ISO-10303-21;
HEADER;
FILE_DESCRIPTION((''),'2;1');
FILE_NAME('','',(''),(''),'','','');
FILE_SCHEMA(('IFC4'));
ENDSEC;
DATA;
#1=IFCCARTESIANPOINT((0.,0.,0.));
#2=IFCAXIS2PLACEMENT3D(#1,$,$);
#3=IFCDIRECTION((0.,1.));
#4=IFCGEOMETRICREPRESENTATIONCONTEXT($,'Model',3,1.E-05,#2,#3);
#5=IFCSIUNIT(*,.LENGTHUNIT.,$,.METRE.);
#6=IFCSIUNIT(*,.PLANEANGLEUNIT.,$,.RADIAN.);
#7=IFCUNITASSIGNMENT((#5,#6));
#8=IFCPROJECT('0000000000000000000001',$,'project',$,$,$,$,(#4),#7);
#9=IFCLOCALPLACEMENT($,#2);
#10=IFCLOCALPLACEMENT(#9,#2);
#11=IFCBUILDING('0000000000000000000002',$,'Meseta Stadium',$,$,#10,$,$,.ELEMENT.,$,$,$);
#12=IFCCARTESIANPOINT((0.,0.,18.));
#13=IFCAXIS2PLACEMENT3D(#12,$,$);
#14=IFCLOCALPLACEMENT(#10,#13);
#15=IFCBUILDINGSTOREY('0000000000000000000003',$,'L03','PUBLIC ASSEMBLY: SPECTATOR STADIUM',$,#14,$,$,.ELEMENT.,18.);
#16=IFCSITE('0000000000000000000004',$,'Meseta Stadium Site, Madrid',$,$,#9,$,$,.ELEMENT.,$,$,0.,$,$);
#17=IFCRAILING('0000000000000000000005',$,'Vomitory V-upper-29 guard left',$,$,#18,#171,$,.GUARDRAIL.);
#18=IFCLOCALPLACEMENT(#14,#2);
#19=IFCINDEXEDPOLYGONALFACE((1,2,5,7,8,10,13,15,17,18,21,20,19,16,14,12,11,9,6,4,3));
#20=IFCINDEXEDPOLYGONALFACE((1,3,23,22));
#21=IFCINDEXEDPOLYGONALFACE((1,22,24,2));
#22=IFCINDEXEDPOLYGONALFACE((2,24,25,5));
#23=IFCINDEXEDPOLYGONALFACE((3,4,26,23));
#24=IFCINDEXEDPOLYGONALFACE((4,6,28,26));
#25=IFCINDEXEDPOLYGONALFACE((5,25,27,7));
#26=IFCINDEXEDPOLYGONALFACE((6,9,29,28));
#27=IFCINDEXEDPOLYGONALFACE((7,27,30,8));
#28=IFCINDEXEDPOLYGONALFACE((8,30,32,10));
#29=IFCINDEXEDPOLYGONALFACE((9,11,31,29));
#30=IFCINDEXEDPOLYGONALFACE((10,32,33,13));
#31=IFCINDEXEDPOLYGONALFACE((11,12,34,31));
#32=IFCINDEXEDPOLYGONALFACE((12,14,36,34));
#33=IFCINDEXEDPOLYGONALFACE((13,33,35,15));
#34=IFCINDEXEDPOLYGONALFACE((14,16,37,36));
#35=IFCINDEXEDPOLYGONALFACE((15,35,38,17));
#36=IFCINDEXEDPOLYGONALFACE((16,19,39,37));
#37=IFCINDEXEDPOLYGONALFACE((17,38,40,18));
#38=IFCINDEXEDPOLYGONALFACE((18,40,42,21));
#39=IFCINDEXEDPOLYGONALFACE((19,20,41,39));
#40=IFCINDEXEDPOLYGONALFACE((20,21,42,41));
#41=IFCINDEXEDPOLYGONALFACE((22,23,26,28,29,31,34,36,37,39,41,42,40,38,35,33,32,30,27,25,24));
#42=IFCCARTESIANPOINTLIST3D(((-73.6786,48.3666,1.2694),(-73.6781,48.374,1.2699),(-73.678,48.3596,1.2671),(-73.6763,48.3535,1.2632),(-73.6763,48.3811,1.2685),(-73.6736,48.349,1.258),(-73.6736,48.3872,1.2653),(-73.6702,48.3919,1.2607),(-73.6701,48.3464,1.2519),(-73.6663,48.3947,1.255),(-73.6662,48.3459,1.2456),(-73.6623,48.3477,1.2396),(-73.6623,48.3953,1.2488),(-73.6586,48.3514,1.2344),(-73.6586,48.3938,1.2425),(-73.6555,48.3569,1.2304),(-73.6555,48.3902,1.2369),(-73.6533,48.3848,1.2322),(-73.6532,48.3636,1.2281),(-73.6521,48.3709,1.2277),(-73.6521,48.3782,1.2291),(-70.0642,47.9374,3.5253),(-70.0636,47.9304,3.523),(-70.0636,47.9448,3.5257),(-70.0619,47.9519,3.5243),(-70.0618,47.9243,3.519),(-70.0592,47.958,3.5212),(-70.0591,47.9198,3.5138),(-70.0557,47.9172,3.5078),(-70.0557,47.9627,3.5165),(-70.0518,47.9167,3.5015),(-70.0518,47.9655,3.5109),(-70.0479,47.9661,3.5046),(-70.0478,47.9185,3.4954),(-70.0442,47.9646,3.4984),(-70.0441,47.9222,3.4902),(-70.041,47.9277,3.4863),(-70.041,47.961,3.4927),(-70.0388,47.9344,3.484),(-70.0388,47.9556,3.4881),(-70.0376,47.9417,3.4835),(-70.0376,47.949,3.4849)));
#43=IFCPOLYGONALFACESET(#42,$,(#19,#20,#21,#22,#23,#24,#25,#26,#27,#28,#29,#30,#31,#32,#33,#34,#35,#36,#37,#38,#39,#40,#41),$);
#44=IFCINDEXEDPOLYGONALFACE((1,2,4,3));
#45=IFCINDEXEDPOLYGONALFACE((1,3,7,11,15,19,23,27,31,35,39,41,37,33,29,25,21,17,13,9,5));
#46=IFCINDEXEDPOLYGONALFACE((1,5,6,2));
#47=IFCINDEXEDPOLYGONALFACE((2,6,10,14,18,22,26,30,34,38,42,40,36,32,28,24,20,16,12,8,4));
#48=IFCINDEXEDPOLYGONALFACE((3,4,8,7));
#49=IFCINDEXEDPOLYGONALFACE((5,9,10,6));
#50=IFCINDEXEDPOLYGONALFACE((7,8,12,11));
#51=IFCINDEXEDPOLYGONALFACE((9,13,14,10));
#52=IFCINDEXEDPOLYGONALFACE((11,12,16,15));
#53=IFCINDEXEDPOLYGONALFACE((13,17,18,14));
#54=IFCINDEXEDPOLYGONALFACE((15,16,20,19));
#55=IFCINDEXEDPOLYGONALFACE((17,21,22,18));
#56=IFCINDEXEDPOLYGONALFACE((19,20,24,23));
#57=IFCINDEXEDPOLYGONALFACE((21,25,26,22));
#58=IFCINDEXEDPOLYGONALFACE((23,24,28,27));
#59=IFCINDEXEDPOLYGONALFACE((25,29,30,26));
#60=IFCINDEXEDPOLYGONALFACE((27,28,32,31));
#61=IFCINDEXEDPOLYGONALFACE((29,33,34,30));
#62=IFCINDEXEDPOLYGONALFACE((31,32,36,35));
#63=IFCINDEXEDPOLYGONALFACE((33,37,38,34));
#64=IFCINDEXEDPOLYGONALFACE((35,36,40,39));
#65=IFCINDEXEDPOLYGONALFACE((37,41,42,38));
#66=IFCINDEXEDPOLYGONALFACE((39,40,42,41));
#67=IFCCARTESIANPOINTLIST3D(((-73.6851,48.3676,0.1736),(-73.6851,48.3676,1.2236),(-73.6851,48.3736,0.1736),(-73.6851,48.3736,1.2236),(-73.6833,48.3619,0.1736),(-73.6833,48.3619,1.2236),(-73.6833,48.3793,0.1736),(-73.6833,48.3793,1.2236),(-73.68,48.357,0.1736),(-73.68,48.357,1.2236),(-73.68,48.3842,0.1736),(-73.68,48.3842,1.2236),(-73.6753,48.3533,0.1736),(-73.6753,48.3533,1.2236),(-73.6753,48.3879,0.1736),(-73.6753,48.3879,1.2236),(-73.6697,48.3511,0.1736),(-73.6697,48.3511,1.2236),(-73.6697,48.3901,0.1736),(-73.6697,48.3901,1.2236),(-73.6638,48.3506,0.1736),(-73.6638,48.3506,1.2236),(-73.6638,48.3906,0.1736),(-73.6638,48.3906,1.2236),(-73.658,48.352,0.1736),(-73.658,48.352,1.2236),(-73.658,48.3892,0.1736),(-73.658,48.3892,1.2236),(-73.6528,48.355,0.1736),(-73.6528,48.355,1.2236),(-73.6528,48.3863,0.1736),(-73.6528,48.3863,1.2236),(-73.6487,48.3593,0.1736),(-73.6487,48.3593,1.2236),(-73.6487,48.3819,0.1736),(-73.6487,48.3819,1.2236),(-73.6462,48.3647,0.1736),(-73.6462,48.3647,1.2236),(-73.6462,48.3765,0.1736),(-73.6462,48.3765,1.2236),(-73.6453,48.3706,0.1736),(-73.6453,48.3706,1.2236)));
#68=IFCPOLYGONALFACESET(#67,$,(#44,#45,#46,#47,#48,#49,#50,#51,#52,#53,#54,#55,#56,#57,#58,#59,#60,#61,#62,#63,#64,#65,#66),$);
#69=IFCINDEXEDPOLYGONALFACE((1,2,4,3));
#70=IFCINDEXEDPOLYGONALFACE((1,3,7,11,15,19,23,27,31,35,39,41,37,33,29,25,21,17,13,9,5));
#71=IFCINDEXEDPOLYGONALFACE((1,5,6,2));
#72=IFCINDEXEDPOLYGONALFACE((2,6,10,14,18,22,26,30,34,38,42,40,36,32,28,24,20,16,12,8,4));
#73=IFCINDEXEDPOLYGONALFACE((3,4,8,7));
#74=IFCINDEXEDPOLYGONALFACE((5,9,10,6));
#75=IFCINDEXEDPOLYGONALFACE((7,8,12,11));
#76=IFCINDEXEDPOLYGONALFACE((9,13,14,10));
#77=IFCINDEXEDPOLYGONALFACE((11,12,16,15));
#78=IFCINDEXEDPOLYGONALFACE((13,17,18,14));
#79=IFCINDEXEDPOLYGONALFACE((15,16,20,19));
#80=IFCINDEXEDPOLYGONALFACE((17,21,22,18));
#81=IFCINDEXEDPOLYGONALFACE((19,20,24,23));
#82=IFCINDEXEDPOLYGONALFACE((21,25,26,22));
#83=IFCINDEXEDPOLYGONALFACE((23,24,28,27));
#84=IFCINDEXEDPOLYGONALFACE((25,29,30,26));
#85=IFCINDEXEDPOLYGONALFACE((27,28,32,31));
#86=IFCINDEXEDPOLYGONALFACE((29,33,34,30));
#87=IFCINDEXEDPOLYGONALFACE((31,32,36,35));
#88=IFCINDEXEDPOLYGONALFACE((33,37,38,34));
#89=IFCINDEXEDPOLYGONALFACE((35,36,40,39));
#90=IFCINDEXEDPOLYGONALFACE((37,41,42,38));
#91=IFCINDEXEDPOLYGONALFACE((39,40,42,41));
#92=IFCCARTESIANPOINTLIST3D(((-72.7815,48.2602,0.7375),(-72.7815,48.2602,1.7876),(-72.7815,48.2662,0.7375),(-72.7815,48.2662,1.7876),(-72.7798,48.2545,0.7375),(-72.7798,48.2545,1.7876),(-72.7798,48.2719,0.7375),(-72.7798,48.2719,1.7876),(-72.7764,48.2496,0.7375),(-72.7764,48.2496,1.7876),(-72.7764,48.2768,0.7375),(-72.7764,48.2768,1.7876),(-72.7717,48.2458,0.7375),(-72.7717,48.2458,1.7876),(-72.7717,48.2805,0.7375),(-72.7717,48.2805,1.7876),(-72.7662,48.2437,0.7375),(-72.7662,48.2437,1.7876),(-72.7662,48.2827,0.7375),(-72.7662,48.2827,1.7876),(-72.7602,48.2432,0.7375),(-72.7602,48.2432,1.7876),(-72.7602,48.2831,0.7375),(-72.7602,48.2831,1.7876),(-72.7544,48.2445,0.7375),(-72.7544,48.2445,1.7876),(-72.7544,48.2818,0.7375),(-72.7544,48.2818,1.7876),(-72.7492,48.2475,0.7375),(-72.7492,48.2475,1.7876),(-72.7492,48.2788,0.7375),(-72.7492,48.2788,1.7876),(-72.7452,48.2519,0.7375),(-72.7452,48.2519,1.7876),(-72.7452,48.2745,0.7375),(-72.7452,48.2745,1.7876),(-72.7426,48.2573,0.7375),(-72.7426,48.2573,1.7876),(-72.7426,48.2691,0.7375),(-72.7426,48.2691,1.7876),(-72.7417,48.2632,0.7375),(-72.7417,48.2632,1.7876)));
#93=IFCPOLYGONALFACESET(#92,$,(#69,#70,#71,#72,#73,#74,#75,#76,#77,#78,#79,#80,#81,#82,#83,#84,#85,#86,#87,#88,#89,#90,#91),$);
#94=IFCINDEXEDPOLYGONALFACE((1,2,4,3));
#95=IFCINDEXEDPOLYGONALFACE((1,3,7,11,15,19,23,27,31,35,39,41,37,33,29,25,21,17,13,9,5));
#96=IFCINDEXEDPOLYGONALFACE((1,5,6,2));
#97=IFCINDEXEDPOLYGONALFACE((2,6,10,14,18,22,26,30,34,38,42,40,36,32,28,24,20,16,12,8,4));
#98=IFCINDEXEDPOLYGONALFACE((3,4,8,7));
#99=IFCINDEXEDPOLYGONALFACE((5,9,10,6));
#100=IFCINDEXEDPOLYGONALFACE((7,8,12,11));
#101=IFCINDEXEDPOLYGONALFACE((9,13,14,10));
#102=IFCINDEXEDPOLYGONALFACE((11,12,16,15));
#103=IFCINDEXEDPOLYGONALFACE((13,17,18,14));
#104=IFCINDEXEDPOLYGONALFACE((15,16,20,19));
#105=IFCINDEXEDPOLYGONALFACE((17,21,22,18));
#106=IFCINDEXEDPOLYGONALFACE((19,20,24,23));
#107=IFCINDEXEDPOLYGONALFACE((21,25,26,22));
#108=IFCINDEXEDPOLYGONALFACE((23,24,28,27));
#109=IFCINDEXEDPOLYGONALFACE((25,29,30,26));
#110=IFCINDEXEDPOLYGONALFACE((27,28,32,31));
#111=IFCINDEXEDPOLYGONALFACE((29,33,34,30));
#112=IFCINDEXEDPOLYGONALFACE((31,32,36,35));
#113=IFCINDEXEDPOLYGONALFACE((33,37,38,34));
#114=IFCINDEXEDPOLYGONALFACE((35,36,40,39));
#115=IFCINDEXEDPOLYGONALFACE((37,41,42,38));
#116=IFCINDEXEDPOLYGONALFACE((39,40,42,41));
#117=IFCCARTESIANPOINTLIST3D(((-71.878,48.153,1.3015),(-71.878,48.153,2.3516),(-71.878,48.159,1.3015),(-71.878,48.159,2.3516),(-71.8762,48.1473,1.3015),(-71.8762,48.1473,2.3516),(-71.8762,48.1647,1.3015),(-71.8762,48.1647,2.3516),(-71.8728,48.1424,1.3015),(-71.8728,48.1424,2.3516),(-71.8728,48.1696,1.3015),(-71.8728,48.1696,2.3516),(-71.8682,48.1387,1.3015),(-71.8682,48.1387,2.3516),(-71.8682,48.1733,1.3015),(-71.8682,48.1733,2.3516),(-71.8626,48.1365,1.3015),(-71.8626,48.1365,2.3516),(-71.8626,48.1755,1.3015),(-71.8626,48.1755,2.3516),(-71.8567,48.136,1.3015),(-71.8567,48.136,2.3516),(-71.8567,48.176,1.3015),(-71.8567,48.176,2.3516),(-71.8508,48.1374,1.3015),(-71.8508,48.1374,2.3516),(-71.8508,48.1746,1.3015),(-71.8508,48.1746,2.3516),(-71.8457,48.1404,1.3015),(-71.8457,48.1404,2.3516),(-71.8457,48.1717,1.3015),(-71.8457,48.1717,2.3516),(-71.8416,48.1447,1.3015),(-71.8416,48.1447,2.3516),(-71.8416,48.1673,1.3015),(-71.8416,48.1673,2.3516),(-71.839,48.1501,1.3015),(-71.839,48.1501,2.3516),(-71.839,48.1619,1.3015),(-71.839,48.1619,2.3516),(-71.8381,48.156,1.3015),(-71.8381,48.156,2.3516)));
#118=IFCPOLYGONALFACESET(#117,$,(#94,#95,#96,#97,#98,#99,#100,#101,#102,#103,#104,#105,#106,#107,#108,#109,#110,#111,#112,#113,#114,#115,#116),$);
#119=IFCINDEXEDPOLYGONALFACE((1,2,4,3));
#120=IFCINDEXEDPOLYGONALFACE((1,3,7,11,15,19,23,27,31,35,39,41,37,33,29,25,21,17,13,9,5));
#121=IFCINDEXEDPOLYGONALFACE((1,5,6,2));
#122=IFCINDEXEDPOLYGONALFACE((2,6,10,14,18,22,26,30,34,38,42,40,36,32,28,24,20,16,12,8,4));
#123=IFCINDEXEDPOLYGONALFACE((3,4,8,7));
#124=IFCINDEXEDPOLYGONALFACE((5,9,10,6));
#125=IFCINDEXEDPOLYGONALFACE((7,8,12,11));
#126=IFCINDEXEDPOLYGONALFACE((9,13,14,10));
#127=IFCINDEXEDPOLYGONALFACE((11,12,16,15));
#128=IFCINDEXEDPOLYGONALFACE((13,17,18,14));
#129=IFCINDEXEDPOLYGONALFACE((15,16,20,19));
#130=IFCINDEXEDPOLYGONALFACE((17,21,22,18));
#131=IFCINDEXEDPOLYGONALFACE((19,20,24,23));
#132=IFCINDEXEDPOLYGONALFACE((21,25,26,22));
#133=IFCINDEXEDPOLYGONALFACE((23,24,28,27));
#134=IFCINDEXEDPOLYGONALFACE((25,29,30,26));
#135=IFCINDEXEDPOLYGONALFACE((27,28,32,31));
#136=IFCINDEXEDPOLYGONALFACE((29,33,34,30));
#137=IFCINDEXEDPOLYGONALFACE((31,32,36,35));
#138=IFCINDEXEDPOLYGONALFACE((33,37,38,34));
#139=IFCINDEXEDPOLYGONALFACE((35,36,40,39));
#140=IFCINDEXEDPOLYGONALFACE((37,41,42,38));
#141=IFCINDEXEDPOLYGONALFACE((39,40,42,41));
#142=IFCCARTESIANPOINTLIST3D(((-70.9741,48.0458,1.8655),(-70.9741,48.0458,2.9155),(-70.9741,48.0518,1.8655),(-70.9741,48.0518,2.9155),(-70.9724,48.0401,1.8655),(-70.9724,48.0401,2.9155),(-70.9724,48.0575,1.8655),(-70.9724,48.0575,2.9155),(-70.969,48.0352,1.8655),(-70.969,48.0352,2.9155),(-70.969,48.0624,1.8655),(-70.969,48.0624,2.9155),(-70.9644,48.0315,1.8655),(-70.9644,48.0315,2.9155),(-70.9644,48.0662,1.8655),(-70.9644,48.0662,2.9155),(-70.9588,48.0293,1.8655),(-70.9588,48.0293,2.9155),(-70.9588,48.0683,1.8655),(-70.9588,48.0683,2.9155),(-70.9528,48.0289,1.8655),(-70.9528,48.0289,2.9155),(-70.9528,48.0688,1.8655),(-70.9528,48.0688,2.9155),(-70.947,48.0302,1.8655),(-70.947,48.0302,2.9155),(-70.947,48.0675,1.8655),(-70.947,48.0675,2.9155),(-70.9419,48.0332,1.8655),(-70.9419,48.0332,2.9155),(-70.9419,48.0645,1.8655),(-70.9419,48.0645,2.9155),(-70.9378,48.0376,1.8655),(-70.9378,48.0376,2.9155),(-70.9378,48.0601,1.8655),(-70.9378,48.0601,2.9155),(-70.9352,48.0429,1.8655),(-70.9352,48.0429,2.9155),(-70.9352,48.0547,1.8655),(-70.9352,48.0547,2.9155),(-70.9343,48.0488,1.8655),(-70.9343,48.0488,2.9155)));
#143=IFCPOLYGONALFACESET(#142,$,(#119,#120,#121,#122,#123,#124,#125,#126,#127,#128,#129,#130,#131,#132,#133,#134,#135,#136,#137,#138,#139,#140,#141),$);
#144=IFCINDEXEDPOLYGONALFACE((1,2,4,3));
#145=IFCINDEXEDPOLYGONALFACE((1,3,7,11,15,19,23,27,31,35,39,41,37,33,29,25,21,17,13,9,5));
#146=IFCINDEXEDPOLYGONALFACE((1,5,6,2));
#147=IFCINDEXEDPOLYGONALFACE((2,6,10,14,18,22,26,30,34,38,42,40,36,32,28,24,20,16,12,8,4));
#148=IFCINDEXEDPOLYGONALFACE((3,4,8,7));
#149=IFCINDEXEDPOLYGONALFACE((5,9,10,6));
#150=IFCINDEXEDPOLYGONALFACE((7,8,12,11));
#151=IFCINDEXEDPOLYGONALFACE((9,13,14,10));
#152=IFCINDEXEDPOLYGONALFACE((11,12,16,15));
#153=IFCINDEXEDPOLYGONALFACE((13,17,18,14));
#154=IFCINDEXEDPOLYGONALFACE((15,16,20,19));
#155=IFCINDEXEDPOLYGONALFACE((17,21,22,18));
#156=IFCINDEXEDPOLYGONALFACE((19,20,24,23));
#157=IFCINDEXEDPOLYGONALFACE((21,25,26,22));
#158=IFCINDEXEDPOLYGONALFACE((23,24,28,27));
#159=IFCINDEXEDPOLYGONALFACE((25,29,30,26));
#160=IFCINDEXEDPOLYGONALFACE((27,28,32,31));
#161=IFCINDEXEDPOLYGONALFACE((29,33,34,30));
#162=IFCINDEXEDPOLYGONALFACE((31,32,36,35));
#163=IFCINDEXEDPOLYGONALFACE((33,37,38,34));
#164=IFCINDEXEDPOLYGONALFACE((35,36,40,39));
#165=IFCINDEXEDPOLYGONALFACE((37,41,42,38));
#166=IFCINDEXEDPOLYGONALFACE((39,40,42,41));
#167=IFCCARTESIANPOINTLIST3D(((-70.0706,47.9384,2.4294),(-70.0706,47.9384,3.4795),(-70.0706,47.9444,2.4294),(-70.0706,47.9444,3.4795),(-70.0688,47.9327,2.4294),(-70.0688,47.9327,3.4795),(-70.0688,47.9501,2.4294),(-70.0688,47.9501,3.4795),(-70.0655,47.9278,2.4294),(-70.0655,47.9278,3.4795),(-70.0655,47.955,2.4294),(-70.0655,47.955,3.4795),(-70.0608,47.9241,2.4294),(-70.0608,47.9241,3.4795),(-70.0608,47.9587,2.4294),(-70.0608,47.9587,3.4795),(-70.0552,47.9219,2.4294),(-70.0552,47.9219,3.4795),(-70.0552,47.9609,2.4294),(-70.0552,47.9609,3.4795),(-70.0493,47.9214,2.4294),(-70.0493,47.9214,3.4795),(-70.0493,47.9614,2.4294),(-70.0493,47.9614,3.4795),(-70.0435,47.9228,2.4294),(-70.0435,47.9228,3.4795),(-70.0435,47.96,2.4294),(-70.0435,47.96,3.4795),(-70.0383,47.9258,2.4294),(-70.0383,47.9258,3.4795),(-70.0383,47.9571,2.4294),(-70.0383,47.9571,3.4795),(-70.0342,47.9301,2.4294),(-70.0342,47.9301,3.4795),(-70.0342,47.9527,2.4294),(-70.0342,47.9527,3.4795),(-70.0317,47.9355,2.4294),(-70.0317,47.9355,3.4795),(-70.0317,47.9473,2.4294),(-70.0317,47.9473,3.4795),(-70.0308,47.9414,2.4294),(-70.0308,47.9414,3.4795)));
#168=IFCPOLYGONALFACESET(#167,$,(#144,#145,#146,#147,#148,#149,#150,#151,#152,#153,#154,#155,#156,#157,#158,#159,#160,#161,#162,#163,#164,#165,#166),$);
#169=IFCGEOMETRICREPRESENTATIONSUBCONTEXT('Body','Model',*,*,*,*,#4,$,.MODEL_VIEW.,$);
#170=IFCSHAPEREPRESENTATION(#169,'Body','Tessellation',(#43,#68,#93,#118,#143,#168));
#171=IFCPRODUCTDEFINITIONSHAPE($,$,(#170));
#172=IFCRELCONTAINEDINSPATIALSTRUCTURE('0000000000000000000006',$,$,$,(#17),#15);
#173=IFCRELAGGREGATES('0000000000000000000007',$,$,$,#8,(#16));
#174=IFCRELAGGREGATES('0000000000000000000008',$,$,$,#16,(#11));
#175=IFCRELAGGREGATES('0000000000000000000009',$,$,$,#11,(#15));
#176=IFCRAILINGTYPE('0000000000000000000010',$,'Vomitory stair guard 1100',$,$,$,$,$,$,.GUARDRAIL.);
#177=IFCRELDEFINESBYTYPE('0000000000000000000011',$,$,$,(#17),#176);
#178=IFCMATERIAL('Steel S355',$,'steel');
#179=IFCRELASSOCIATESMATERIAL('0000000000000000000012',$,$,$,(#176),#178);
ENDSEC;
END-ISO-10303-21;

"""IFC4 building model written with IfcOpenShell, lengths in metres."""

from ifc_helpers import new_model, si_unit, direction, frame, origin, origin_2d, place, context, subcontext, project, spatial, circle, extrude, material, type_object, element, save


model = new_model("IFC4")

# Units and contexts
model_context = context("Model", 3, precision=1e-05, world=origin(), true_north=direction((0.0, 1.0)))
body_context = subcontext(model_context, "Body", "Model", "MODEL_VIEW")
ifc_project = project(units=[si_unit("LENGTHUNIT", "METRE"), si_unit("PLANEANGLEUNIT", "RADIAN")], contexts=[model_context])

# Site, building, storey
site_placement = place(None, origin())
site = spatial("IfcSite", under=ifc_project, at=site_placement, Name="Meseta Stadium Site, Madrid", CompositionType="ELEMENT", RefElevation=0.0)
building_placement = place(site_placement, origin())
building = spatial("IfcBuilding", under=site, at=building_placement, Name="Meseta Stadium", CompositionType="ELEMENT")
storey_placement = place(building_placement, frame((0.0, 0.0, 18.0)))
storey = spatial("IfcBuildingStorey", under=building, at=storey_placement, Name="L03", Description="PUBLIC ASSEMBLY: SPECTATOR STADIUM", CompositionType="ELEMENT", Elevation=18.0)

# Railing
ifc_material_1 = material(Name="Steel S355", Category="steel")
railing_type_1 = type_object("IfcRailingType", Name="Vomitory stair guard 1100", PredefinedType="GUARDRAIL", material=ifc_material_1)
railing_1_placement = place(storey_placement, frame((-73.6653, 48.3706, 0.1736)))
element("IfcRailing", 1, at=railing_1_placement, inside=storey, type_object=railing_type_1, Name="Vomitory V-upper-29 guard left", PredefinedType="GUARDRAIL", context=body_context, shape_type="SweptSolid", body=[
    extrude(circle(Radius=0.0249, at=origin_2d()), frame((0.0, 0.0, 1.0752), z_axis=(0.844064, -0.100227, 0.526792), x_axis=(0.117915, 0.993024, 0.0)), (0.0, 0.0, 1.0), 4.2822),
    extrude(circle(Radius=0.02, at=origin_2d()), origin(), (0.0, 0.0, 1.0), 1.05),
    extrude(circle(Radius=0.02, at=origin_2d()), frame((0.9036, -0.1074, 0.564)), (0.0, 0.0, 1.0), 1.05),
    extrude(circle(Radius=0.02, at=origin_2d()), frame((1.8071, -0.2146, 1.1279)), (0.0, 0.0, 1.0), 1.05),
    extrude(circle(Radius=0.02, at=origin_2d()), frame((2.7109, -0.3218, 1.6919)), (0.0, 0.0, 1.0), 1.05),
    extrude(circle(Radius=0.02, at=origin_2d()), frame((3.6145, -0.4292, 2.2559)), (0.0, 0.0, 1.0), 1.05),
])

save(model, "model.ifc")
